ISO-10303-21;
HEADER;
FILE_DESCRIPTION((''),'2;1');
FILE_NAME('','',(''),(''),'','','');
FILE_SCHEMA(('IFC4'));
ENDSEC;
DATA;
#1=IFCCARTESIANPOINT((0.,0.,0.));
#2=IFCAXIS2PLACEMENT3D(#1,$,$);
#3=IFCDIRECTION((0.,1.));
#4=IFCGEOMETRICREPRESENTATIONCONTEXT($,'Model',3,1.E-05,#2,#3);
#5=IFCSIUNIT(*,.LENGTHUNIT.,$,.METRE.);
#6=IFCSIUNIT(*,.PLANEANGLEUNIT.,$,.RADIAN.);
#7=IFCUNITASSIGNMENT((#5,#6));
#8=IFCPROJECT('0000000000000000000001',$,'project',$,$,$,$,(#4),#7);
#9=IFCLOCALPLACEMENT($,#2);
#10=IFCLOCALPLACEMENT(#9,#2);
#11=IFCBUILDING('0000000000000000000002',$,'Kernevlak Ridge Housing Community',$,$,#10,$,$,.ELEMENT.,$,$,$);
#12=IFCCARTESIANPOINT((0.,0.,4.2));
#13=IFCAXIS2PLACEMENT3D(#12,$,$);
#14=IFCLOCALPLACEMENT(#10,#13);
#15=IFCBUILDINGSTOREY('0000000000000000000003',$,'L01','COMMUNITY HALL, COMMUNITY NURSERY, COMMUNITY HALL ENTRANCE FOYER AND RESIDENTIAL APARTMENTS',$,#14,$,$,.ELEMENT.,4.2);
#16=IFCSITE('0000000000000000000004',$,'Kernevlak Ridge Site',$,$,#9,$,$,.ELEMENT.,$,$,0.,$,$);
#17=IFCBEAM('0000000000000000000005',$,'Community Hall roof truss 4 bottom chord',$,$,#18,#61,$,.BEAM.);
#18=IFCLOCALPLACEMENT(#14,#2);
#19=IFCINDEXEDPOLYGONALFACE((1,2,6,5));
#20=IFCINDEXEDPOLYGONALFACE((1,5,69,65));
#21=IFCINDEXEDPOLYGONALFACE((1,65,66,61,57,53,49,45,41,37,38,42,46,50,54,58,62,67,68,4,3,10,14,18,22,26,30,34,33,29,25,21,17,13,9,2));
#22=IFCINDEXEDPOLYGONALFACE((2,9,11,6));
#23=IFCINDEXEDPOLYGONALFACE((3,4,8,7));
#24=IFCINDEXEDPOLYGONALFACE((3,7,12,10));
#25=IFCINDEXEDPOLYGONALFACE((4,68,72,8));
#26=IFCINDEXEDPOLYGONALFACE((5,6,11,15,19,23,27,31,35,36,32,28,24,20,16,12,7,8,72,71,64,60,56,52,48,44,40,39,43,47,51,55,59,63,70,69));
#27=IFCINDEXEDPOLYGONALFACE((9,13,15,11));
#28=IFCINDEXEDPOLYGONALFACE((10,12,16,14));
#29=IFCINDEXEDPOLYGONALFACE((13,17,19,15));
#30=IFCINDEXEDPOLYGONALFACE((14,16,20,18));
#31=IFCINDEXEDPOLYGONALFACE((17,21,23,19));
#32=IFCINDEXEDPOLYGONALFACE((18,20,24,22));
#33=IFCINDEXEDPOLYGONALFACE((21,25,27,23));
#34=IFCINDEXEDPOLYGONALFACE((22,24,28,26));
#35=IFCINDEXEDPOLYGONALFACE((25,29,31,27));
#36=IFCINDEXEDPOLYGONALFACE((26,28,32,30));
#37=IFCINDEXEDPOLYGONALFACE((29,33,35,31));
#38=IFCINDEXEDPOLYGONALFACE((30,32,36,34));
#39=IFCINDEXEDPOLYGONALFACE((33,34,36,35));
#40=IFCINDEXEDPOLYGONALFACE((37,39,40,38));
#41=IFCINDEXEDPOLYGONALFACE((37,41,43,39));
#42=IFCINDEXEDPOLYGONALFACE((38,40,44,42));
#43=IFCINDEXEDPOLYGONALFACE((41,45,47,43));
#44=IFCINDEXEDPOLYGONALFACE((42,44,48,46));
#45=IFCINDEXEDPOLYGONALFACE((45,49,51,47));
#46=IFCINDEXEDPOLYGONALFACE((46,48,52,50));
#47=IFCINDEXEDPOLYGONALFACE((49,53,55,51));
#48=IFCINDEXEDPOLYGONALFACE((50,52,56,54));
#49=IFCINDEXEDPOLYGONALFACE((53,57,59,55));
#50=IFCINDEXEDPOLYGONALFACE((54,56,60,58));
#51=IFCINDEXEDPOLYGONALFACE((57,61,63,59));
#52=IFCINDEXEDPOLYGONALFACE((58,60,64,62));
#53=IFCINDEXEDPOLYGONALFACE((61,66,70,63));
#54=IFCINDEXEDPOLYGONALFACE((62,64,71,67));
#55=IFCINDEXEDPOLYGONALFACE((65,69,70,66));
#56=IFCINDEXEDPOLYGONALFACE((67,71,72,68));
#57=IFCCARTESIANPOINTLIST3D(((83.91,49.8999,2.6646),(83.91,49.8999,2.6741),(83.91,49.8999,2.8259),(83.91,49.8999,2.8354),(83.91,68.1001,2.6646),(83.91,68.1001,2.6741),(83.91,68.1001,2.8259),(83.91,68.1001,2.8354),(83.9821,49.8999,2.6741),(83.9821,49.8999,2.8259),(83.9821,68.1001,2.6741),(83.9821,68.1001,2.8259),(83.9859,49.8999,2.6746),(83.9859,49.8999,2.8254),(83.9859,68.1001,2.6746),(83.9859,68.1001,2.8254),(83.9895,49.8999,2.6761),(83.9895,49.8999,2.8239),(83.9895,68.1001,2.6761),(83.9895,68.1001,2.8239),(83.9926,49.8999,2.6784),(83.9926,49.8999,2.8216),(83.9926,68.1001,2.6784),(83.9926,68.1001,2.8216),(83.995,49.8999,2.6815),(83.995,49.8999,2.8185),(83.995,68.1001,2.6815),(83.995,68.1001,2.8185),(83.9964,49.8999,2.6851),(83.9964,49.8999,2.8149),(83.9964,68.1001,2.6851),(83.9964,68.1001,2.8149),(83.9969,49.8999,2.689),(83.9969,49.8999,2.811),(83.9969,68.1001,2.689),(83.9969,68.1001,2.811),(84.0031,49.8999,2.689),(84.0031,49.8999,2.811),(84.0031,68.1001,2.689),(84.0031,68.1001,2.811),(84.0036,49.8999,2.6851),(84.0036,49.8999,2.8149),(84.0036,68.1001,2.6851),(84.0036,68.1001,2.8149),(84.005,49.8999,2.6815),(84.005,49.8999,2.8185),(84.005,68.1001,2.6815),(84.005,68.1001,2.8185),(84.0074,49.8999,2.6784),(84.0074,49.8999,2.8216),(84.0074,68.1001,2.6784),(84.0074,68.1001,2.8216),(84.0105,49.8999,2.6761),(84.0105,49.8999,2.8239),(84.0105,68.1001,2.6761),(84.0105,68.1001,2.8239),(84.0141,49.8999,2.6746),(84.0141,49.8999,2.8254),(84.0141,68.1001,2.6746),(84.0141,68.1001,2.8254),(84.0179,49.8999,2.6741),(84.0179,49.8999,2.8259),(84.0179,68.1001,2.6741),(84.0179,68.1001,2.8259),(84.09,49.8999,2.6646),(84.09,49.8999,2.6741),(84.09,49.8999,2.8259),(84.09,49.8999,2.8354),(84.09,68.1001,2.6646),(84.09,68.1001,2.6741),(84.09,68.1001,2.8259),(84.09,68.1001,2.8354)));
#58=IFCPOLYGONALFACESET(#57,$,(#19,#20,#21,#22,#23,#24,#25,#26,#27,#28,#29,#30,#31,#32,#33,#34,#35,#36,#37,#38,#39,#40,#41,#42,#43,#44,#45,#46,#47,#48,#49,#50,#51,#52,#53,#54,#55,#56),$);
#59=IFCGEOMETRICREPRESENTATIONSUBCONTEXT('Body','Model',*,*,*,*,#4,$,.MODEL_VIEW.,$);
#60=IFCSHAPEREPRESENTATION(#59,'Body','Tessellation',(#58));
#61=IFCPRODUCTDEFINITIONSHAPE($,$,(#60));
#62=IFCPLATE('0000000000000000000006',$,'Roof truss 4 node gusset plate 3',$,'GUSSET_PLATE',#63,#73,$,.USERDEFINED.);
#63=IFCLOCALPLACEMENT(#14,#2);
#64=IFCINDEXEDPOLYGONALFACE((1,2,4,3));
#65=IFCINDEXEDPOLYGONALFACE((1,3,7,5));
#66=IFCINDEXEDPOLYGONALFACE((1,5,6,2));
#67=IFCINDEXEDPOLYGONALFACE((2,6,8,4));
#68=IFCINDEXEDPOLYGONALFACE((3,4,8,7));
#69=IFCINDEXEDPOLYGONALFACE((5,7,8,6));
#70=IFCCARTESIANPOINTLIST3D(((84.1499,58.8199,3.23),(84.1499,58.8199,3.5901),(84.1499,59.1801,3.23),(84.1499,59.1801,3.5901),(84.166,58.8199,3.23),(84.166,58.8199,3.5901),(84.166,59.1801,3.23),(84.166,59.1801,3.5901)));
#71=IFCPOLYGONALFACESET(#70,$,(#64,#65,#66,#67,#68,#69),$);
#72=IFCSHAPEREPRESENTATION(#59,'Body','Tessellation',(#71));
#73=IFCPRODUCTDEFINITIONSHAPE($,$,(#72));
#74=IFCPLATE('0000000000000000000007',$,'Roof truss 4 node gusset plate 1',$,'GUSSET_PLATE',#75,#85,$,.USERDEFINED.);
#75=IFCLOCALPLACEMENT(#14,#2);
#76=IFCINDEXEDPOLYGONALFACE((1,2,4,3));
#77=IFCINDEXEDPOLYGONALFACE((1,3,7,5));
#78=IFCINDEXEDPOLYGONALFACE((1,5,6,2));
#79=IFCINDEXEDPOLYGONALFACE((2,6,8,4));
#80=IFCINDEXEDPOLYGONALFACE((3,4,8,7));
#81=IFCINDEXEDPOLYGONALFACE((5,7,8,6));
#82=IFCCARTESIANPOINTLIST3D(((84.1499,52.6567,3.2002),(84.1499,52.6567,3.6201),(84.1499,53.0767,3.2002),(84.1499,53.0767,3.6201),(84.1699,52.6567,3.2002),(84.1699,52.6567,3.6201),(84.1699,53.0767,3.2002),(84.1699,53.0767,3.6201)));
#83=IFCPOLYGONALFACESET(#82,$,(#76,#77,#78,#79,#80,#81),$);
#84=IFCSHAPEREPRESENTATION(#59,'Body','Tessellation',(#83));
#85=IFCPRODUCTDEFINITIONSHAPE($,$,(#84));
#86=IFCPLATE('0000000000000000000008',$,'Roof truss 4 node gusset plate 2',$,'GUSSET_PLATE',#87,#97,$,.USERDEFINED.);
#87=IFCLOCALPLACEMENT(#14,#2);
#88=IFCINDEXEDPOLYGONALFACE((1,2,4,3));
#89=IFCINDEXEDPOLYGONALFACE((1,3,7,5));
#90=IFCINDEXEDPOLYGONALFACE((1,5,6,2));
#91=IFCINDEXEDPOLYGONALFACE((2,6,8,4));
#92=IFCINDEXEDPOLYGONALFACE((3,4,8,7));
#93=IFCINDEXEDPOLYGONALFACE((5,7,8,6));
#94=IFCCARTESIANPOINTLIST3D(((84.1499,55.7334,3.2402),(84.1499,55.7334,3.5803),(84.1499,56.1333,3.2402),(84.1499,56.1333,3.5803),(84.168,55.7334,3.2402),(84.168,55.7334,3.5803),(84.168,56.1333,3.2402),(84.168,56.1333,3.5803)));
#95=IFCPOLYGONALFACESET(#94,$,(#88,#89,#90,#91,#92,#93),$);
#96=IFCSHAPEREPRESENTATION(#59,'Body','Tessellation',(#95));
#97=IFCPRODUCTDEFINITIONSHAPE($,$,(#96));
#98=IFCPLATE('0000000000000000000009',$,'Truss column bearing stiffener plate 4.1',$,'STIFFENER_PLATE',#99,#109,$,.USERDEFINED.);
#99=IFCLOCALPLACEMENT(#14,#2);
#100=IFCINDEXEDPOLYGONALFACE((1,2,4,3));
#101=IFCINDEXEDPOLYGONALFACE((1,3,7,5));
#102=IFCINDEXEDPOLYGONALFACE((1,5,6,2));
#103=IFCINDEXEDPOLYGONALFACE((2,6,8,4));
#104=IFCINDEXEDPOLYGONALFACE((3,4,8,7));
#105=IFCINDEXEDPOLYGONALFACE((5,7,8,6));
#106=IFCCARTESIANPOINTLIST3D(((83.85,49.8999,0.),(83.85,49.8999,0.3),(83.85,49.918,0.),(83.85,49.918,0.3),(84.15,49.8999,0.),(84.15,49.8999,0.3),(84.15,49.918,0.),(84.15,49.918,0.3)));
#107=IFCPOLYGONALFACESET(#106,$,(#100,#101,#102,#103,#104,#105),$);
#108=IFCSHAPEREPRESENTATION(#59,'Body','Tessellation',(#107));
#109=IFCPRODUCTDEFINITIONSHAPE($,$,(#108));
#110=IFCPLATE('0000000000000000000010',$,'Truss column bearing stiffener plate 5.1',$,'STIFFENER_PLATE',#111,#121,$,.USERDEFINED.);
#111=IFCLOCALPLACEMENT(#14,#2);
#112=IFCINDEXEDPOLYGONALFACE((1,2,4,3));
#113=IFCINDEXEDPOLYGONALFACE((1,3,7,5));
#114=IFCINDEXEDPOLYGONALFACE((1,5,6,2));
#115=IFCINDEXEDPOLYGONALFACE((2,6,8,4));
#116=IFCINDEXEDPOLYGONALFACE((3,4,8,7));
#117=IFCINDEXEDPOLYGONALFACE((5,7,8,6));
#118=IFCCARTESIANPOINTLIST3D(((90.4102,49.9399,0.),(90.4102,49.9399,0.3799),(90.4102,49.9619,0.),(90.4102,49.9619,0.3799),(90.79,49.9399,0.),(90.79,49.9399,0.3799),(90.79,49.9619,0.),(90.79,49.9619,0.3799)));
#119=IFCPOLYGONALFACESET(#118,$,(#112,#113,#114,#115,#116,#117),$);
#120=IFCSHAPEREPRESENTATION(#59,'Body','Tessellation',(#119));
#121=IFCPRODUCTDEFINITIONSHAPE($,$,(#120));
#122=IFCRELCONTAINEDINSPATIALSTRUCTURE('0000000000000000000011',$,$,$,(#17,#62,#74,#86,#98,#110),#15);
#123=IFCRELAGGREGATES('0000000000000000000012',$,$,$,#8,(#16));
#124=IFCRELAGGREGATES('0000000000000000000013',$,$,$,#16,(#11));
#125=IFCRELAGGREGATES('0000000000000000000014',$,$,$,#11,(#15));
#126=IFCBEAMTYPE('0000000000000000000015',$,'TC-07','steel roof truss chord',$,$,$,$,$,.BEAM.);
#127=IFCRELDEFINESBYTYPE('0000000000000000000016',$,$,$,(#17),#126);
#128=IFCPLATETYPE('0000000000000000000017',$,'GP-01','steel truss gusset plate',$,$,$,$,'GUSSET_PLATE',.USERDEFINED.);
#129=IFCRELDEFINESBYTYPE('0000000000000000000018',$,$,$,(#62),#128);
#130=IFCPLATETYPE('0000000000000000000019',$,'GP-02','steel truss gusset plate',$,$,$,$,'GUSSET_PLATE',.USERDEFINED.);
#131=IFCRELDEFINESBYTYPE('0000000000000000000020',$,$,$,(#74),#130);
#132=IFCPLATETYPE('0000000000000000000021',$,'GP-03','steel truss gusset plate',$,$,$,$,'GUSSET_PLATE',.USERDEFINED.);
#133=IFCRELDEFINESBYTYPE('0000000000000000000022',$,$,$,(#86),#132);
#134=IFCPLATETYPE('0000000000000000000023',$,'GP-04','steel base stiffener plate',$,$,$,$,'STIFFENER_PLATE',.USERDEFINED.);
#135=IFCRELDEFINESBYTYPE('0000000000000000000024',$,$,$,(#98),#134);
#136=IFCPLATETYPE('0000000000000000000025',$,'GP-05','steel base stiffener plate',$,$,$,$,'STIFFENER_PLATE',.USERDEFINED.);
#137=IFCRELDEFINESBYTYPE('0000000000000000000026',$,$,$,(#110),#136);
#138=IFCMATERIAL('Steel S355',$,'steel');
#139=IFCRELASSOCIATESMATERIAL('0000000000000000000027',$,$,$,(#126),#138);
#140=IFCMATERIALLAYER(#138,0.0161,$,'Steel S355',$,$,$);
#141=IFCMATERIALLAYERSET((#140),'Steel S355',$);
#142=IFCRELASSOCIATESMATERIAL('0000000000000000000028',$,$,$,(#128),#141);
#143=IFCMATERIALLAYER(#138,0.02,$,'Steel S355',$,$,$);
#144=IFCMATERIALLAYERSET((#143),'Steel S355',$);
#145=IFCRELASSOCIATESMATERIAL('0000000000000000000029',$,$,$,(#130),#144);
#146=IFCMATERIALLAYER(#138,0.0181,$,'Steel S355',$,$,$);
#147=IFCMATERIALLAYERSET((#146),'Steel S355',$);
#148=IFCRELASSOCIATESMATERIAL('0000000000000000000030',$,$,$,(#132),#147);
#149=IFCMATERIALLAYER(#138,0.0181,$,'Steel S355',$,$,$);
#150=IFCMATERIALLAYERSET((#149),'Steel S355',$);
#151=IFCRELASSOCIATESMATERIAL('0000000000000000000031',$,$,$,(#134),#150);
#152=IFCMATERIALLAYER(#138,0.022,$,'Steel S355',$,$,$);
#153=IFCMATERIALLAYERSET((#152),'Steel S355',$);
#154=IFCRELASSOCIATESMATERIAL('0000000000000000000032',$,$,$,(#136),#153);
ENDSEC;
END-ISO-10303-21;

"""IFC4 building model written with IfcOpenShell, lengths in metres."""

from ifc_helpers import new_model, si_unit, direction, frame, origin, origin_2d, place, context, subcontext, project, spatial, rectangle, i_section, extrude, material, layer, layer_set, material_profile, profile_set, type_object, element, save


model = new_model("IFC4")

# Units and contexts
model_context = context("Model", 3, precision=1e-05, world=origin(), true_north=direction((0.0, 1.0)))
body_context = subcontext(model_context, "Body", "Model", "MODEL_VIEW")
ifc_project = project(units=[si_unit("LENGTHUNIT", "METRE"), si_unit("PLANEANGLEUNIT", "RADIAN")], contexts=[model_context])

# Site, building, storey
site_placement = place(None, origin())
site = spatial("IfcSite", under=ifc_project, at=site_placement, Name="Kernevlak Ridge Site", CompositionType="ELEMENT", RefElevation=0.0)
building_placement = place(site_placement, origin())
building = spatial("IfcBuilding", under=site, at=building_placement, Name="Kernevlak Ridge Housing Community", CompositionType="ELEMENT")
storey_placement = place(building_placement, frame((0.0, 0.0, 4.2)))
storey = spatial("IfcBuildingStorey", under=building, at=storey_placement, Name="L01", Description="COMMUNITY HALL, COMMUNITY NURSERY, COMMUNITY HALL ENTRANCE FOYER AND RESIDENTIAL APARTMENTS", CompositionType="ELEMENT", Elevation=4.2)

# Shared definitions
ifc_material = material(Name="Steel S355", Category="steel")

# Beam
ifc_material_profile_1 = material_profile(ifc_material, i_section(OverallWidth=0.1799, OverallDepth=0.1709, WebThickness=0.0061, FlangeThickness=0.0095, FilletRadius=0.0149, at=origin_2d()), Name="HEA 180")
ifc_profile_set_1 = profile_set([ifc_material_profile_1], Name="Steel S355")
beam_type_1 = type_object("IfcBeamType", Name="TC-07", Description="steel roof truss chord", PredefinedType="BEAM", material=ifc_profile_set_1)
beam_1_placement = place(storey_placement, frame((84.0, 49.8999, 2.75), z_axis=(0.0, 1.0, 0.0), x_axis=(-1.0, 0.0, 0.0)))
element("IfcBeam", 1, at=beam_1_placement, inside=storey, type_object=beam_type_1, Name="Community Hall roof truss 4 bottom chord", PredefinedType="BEAM", context=body_context, shape_type="SweptSolid", body=[
    extrude(i_section(OverallWidth=0.1799, OverallDepth=0.1709, WebThickness=0.0061, FlangeThickness=0.0095, FilletRadius=0.0149, at=origin_2d()), origin(), (0.0, 0.0, 1.0), 18.2002),
])

# Plates
ifc_layer_1 = layer(ifc_material, 0.0161, Name="Steel S355")
ifc_layer_set_1 = layer_set([ifc_layer_1], Name="Steel S355")
plate_type_1 = type_object("IfcPlateType", Name="GP-01", Description="steel truss gusset plate", ElementType="GUSSET_PLATE", PredefinedType="USERDEFINED", material=ifc_layer_set_1)
plate_1_placement = place(storey_placement, frame((84.158, 59.0, 3.23), z_axis=(0.0, 0.0, 1.0), x_axis=(1.0, 0.0, 0.0)))
element("IfcPlate", 2, at=plate_1_placement, inside=storey, type_object=plate_type_1, Name="Roof truss 4 node gusset plate 3", ObjectType="GUSSET_PLATE", PredefinedType="USERDEFINED", context=body_context, shape_type="SweptSolid", body=[
    extrude(rectangle(XDim=0.0161, YDim=0.3601, at=origin_2d()), origin(), (0.0, 0.0, 1.0), 0.3601),
])
ifc_layer_2 = layer(ifc_material, 0.02, Name="Steel S355")
ifc_layer_set_2 = layer_set([ifc_layer_2], Name="Steel S355")
plate_type_2 = type_object("IfcPlateType", Name="GP-02", Description="steel truss gusset plate", ElementType="GUSSET_PLATE", PredefinedType="USERDEFINED", material=ifc_layer_set_2)
plate_2_placement = place(storey_placement, frame((84.1599, 52.8667, 3.2002), z_axis=(0.0, 0.0, 1.0), x_axis=(1.0, 0.0, 0.0)))
element("IfcPlate", 3, at=plate_2_placement, inside=storey, type_object=plate_type_2, Name="Roof truss 4 node gusset plate 1", ObjectType="GUSSET_PLATE", PredefinedType="USERDEFINED", context=body_context, shape_type="SweptSolid", body=[
    extrude(rectangle(XDim=0.02, YDim=0.4199, at=origin_2d()), origin(), (0.0, 0.0, 1.0), 0.4199),
])
ifc_layer_3 = layer(ifc_material, 0.0181, Name="Steel S355")
ifc_layer_set_3 = layer_set([ifc_layer_3], Name="Steel S355")
plate_type_3 = type_object("IfcPlateType", Name="GP-03", Description="steel truss gusset plate", ElementType="GUSSET_PLATE", PredefinedType="USERDEFINED", material=ifc_layer_set_3)
plate_3_placement = place(storey_placement, frame((84.1589, 55.9333, 3.2402), z_axis=(0.0, 0.0, 1.0), x_axis=(1.0, 0.0, 0.0)))
element("IfcPlate", 4, at=plate_3_placement, inside=storey, type_object=plate_type_3, Name="Roof truss 4 node gusset plate 2", ObjectType="GUSSET_PLATE", PredefinedType="USERDEFINED", context=body_context, shape_type="SweptSolid", body=[
    extrude(rectangle(XDim=0.0181, YDim=0.3999, at=origin_2d()), origin(), (0.0, 0.0, 1.0), 0.3401),
])
ifc_layer_4 = layer(ifc_material, 0.0181, Name="Steel S355")
ifc_layer_set_4 = layer_set([ifc_layer_4], Name="Steel S355")
plate_type_4 = type_object("IfcPlateType", Name="GP-04", Description="steel base stiffener plate", ElementType="STIFFENER_PLATE", PredefinedType="USERDEFINED", material=ifc_layer_set_4)
plate_4_placement = place(storey_placement, frame((84.0, 49.9089, 0.0), z_axis=(0.0, 0.0, 1.0), x_axis=(1.0, 0.0, 0.0)))
element("IfcPlate", 5, at=plate_4_placement, inside=storey, type_object=plate_type_4, Name="Truss column bearing stiffener plate 4.1", ObjectType="STIFFENER_PLATE", PredefinedType="USERDEFINED", context=body_context, shape_type="SweptSolid", body=[
    extrude(rectangle(XDim=0.3, YDim=0.0181, at=origin_2d()), origin(), (0.0, 0.0, 1.0), 0.3),
])
ifc_layer_5 = layer(ifc_material, 0.022, Name="Steel S355")
ifc_layer_set_5 = layer_set([ifc_layer_5], Name="Steel S355")
plate_type_5 = type_object("IfcPlateType", Name="GP-05", Description="steel base stiffener plate", ElementType="STIFFENER_PLATE", PredefinedType="USERDEFINED", material=ifc_layer_set_5)
plate_5_placement = place(storey_placement, frame((90.6001, 49.9509, 0.0), z_axis=(0.0, 0.0, 1.0), x_axis=(1.0, 0.0, 0.0)))
element("IfcPlate", 6, at=plate_5_placement, inside=storey, type_object=plate_type_5, Name="Truss column bearing stiffener plate 5.1", ObjectType="STIFFENER_PLATE", PredefinedType="USERDEFINED", context=body_context, shape_type="SweptSolid", body=[
    extrude(rectangle(XDim=0.3799, YDim=0.022, at=origin_2d()), origin(), (0.0, 0.0, 1.0), 0.3799),
])

save(model, "model.ifc")
